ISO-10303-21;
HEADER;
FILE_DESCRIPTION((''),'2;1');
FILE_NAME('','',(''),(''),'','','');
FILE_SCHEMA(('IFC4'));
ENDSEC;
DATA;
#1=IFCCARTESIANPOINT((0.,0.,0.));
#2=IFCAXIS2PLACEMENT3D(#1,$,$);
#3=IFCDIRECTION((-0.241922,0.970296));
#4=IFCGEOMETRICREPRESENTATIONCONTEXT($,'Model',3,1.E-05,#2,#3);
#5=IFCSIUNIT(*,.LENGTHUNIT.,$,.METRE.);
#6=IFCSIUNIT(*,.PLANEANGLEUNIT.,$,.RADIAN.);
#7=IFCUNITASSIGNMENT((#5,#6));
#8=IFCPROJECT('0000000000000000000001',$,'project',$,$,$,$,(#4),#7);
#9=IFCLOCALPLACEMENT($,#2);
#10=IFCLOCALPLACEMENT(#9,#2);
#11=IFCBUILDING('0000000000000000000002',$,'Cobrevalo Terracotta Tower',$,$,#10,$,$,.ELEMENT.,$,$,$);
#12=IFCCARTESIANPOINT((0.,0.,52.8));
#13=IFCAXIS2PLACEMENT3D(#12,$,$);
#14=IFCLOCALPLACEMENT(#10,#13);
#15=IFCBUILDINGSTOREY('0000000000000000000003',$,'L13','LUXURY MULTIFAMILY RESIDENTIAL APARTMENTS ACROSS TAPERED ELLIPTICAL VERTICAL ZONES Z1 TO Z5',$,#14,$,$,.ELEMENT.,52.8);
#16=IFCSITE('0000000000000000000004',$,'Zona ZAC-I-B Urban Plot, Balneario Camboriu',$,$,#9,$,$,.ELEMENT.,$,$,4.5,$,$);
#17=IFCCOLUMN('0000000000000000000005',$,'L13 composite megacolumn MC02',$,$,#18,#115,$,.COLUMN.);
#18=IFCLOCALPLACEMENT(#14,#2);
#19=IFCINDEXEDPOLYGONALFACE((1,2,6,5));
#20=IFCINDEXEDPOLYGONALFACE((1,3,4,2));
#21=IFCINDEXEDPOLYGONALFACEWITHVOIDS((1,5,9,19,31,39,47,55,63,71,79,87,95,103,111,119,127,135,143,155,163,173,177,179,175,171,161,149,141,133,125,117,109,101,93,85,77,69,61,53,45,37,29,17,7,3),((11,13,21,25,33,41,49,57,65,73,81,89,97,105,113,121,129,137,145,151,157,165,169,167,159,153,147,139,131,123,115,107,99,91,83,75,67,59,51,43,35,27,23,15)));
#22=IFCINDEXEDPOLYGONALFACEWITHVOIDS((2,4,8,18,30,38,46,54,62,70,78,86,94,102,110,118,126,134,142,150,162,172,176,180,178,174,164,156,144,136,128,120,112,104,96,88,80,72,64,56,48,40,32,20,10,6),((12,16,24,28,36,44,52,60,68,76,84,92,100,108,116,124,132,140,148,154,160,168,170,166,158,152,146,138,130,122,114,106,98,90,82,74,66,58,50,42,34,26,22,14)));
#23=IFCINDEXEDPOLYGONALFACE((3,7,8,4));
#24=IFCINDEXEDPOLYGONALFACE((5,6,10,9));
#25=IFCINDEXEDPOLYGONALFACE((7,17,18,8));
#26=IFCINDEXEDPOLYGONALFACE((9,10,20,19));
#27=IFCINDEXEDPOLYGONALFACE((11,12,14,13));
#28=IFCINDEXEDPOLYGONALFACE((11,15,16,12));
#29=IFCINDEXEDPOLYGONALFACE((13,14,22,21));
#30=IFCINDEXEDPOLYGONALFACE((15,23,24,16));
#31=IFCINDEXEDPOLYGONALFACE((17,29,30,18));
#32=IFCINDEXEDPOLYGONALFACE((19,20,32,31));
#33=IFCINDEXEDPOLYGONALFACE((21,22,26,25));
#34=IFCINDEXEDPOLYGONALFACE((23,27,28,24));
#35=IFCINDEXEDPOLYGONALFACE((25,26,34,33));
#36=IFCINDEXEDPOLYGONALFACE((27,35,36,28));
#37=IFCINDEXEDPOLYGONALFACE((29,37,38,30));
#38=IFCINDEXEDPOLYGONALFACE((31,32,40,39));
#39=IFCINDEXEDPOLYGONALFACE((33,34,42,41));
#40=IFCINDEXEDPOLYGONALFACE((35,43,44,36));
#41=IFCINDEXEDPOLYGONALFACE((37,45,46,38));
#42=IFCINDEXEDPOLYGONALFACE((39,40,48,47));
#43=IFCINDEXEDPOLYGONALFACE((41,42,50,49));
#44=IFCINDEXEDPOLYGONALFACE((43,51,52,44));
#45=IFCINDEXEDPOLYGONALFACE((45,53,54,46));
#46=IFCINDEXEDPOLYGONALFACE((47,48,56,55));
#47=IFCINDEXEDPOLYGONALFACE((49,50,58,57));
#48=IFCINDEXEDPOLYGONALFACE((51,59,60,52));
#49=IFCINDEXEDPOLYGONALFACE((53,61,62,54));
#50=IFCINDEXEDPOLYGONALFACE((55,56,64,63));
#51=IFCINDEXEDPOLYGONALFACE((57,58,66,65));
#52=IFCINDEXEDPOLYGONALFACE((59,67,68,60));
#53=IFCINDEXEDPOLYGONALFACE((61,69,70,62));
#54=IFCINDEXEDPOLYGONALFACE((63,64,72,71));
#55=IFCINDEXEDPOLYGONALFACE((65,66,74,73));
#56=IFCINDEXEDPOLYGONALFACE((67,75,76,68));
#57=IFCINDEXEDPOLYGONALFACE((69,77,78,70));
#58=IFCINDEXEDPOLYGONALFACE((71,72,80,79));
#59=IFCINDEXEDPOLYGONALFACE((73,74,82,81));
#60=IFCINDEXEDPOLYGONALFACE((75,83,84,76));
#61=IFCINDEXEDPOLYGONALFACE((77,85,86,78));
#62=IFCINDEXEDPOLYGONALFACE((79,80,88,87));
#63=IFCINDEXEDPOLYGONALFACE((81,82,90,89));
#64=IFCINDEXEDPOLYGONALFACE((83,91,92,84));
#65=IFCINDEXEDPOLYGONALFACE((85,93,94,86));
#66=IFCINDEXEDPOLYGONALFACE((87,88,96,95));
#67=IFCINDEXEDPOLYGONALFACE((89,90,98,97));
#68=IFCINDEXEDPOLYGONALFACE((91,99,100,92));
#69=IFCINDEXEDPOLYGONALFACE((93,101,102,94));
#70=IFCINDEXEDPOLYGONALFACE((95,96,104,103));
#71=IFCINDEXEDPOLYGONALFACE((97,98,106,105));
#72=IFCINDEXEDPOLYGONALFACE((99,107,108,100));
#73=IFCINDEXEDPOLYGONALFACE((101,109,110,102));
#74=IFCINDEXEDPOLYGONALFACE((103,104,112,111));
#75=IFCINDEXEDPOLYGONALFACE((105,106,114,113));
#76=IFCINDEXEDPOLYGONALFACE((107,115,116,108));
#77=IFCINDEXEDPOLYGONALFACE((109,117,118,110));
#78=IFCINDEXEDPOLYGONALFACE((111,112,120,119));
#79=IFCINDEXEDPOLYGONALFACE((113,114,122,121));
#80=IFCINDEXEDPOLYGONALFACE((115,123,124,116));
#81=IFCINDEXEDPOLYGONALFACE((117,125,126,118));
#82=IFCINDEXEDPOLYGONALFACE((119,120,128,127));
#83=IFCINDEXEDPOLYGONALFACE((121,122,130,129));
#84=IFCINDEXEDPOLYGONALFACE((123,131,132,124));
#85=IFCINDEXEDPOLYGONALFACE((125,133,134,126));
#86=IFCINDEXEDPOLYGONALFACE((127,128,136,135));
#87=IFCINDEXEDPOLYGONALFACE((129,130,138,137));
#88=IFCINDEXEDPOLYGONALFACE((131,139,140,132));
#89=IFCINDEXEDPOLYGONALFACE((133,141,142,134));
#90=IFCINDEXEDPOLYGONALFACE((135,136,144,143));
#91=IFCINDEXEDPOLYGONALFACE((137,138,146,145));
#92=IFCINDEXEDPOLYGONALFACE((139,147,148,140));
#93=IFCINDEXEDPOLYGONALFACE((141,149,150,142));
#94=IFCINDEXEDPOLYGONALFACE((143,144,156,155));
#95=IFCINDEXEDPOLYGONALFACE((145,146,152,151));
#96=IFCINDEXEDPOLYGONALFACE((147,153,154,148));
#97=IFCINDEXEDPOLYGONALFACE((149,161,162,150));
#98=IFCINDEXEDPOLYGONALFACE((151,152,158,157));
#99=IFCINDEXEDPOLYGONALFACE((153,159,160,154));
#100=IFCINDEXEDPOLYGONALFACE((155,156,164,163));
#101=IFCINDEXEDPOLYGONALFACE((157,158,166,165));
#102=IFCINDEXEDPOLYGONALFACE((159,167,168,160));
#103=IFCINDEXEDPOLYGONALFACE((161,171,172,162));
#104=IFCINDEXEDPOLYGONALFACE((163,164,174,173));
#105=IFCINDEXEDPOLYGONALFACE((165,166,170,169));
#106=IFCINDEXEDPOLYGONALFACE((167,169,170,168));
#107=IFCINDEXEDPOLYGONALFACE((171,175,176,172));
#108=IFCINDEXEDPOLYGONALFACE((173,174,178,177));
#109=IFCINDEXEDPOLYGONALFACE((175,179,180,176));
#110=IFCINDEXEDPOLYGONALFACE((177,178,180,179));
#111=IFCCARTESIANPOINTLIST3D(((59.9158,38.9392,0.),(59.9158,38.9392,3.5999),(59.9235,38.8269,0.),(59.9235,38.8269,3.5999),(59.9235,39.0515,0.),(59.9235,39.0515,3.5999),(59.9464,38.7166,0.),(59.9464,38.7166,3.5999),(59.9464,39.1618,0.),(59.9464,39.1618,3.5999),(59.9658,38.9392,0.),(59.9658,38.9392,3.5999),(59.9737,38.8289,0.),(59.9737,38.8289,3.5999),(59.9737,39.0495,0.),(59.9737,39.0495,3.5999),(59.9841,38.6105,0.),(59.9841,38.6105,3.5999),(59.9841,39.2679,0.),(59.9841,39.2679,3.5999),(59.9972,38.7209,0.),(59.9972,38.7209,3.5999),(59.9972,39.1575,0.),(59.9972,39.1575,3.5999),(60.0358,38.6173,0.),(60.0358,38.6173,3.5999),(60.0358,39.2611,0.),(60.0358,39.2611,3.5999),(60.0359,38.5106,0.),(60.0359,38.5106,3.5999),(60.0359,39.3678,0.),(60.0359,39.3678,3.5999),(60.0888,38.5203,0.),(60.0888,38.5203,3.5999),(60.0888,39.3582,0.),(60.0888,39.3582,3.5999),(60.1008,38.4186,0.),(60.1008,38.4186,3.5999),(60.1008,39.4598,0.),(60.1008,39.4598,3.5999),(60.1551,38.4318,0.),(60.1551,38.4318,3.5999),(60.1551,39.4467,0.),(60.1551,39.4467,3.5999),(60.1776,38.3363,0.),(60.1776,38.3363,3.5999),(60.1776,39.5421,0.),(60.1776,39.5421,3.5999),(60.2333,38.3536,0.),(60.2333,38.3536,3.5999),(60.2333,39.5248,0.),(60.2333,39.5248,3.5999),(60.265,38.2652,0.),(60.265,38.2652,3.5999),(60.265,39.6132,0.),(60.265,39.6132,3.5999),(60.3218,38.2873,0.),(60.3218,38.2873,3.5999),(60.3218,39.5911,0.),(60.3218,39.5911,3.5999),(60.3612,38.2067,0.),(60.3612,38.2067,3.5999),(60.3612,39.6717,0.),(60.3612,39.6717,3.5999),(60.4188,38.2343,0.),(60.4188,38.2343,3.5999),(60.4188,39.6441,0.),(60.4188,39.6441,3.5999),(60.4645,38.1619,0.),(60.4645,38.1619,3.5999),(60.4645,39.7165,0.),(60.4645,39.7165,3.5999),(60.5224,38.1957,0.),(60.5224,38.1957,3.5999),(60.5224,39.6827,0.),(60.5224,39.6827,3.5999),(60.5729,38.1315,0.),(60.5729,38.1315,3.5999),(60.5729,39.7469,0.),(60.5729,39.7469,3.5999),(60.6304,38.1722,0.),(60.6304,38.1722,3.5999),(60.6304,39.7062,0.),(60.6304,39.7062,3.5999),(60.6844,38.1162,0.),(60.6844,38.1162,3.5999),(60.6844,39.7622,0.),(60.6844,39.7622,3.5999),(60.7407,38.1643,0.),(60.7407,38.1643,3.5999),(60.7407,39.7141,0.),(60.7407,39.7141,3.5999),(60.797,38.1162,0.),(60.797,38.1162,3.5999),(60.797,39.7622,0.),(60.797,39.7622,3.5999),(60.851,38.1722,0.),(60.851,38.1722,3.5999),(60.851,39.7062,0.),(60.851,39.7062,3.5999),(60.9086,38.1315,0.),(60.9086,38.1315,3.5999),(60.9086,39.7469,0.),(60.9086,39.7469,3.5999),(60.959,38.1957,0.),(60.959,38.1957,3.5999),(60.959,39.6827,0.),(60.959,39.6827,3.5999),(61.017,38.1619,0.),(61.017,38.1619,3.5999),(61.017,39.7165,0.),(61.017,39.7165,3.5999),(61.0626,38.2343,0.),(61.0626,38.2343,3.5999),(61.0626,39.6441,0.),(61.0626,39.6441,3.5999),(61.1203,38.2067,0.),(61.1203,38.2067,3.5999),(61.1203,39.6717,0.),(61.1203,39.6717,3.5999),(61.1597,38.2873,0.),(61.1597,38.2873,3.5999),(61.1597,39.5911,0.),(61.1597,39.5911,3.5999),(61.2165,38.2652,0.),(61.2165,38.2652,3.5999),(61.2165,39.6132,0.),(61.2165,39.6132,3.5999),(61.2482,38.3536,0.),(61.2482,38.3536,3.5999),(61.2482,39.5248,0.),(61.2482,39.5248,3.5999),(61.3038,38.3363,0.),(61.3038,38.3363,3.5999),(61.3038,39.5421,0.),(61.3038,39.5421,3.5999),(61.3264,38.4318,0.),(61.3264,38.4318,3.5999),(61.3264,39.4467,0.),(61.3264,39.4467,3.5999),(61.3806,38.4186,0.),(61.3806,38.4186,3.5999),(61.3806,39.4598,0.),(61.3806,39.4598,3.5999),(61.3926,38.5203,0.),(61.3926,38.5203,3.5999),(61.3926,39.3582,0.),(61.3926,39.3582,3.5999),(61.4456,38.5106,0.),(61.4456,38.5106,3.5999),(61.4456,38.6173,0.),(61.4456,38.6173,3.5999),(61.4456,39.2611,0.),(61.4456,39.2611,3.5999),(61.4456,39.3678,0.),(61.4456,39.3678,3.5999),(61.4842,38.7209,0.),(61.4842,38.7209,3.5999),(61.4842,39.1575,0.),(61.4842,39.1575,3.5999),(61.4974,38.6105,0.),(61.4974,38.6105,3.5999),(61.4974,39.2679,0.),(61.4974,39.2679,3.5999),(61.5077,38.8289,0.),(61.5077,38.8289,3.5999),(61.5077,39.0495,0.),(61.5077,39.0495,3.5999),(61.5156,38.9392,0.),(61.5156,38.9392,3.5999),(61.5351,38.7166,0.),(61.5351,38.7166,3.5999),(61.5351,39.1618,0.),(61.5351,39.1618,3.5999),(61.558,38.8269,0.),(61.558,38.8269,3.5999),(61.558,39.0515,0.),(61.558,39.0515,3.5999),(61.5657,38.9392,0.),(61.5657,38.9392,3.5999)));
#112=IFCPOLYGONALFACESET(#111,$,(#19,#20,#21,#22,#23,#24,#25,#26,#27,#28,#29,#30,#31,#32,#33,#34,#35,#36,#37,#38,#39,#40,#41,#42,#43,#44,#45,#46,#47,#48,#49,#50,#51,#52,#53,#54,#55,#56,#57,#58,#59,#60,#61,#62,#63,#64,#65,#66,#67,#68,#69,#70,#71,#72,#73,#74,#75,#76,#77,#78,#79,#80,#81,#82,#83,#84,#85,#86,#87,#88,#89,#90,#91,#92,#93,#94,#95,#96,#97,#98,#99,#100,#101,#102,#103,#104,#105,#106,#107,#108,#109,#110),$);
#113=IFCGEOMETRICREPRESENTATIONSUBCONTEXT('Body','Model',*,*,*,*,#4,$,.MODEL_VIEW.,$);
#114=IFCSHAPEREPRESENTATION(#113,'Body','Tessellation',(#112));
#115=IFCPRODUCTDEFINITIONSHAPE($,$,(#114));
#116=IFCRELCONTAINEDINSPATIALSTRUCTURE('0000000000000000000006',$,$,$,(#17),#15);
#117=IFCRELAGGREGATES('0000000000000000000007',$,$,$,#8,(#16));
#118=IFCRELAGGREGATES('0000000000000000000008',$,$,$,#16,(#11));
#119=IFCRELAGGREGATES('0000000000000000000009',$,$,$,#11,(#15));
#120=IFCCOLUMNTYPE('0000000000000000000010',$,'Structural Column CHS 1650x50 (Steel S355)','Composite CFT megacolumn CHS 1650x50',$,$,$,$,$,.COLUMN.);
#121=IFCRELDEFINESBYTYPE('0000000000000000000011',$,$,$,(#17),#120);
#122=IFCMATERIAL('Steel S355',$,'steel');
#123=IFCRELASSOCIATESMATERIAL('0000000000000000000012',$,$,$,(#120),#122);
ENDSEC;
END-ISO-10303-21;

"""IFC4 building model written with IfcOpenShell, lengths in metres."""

from ifc_helpers import new_model, si_unit, direction, frame, origin, origin_2d, place, context, subcontext, project, spatial, hollow_circle, extrude, material, material_profile, profile_set, type_object, element, save


model = new_model("IFC4")

# Units and contexts
model_context = context("Model", 3, precision=1e-05, world=origin(), true_north=direction((-0.241922, 0.970296)))
body_context = subcontext(model_context, "Body", "Model", "MODEL_VIEW")
ifc_project = project(units=[si_unit("LENGTHUNIT", "METRE"), si_unit("PLANEANGLEUNIT", "RADIAN")], contexts=[model_context])

# Site, building, storey
site_placement = place(None, origin())
site = spatial("IfcSite", under=ifc_project, at=site_placement, Name="Zona ZAC-I-B Urban Plot, Balneario Camboriu", CompositionType="ELEMENT", RefElevation=4.5)
building_placement = place(site_placement, origin())
building = spatial("IfcBuilding", under=site, at=building_placement, Name="Cobrevalo Terracotta Tower", CompositionType="ELEMENT")
storey_placement = place(building_placement, frame((0.0, 0.0, 52.8)))
storey = spatial("IfcBuildingStorey", under=building, at=storey_placement, Name="L13", Description="LUXURY MULTIFAMILY RESIDENTIAL APARTMENTS ACROSS TAPERED ELLIPTICAL VERTICAL ZONES Z1 TO Z5", CompositionType="ELEMENT", Elevation=52.8)

# Column
ifc_material_1 = material(Name="Steel S355", Category="steel")
ifc_material_profile_1 = material_profile(ifc_material_1, hollow_circle(Radius=0.825, WallThickness=0.05, at=origin_2d()), Name="CHS 1650x50")
ifc_profile_set_1 = profile_set([ifc_material_profile_1], Name="Steel S355")
column_type = type_object("IfcColumnType", Name="Structural Column CHS 1650x50 (Steel S355)", Description="Composite CFT megacolumn CHS 1650x50", PredefinedType="COLUMN", material=ifc_profile_set_1)
for number, where, z_axis, x_axis, name in (
    (1, (60.7407, 38.9392, 0.0), (0.0, 0.0, 1.0), (1.0, 0.0, 0.0), "L13 composite megacolumn MC02"),
):
    element("IfcColumn", number, at=place(storey_placement, frame(where, z_axis=z_axis, x_axis=x_axis)), inside=storey, type_object=column_type, Name=name, PredefinedType="COLUMN", context=body_context, shape_type="SweptSolid", body=[
        extrude(hollow_circle(Radius=0.825, WallThickness=0.05, at=origin_2d()), origin(), (0.0, 0.0, 1.0), 3.5999),
    ])

save(model, "model.ifc")
